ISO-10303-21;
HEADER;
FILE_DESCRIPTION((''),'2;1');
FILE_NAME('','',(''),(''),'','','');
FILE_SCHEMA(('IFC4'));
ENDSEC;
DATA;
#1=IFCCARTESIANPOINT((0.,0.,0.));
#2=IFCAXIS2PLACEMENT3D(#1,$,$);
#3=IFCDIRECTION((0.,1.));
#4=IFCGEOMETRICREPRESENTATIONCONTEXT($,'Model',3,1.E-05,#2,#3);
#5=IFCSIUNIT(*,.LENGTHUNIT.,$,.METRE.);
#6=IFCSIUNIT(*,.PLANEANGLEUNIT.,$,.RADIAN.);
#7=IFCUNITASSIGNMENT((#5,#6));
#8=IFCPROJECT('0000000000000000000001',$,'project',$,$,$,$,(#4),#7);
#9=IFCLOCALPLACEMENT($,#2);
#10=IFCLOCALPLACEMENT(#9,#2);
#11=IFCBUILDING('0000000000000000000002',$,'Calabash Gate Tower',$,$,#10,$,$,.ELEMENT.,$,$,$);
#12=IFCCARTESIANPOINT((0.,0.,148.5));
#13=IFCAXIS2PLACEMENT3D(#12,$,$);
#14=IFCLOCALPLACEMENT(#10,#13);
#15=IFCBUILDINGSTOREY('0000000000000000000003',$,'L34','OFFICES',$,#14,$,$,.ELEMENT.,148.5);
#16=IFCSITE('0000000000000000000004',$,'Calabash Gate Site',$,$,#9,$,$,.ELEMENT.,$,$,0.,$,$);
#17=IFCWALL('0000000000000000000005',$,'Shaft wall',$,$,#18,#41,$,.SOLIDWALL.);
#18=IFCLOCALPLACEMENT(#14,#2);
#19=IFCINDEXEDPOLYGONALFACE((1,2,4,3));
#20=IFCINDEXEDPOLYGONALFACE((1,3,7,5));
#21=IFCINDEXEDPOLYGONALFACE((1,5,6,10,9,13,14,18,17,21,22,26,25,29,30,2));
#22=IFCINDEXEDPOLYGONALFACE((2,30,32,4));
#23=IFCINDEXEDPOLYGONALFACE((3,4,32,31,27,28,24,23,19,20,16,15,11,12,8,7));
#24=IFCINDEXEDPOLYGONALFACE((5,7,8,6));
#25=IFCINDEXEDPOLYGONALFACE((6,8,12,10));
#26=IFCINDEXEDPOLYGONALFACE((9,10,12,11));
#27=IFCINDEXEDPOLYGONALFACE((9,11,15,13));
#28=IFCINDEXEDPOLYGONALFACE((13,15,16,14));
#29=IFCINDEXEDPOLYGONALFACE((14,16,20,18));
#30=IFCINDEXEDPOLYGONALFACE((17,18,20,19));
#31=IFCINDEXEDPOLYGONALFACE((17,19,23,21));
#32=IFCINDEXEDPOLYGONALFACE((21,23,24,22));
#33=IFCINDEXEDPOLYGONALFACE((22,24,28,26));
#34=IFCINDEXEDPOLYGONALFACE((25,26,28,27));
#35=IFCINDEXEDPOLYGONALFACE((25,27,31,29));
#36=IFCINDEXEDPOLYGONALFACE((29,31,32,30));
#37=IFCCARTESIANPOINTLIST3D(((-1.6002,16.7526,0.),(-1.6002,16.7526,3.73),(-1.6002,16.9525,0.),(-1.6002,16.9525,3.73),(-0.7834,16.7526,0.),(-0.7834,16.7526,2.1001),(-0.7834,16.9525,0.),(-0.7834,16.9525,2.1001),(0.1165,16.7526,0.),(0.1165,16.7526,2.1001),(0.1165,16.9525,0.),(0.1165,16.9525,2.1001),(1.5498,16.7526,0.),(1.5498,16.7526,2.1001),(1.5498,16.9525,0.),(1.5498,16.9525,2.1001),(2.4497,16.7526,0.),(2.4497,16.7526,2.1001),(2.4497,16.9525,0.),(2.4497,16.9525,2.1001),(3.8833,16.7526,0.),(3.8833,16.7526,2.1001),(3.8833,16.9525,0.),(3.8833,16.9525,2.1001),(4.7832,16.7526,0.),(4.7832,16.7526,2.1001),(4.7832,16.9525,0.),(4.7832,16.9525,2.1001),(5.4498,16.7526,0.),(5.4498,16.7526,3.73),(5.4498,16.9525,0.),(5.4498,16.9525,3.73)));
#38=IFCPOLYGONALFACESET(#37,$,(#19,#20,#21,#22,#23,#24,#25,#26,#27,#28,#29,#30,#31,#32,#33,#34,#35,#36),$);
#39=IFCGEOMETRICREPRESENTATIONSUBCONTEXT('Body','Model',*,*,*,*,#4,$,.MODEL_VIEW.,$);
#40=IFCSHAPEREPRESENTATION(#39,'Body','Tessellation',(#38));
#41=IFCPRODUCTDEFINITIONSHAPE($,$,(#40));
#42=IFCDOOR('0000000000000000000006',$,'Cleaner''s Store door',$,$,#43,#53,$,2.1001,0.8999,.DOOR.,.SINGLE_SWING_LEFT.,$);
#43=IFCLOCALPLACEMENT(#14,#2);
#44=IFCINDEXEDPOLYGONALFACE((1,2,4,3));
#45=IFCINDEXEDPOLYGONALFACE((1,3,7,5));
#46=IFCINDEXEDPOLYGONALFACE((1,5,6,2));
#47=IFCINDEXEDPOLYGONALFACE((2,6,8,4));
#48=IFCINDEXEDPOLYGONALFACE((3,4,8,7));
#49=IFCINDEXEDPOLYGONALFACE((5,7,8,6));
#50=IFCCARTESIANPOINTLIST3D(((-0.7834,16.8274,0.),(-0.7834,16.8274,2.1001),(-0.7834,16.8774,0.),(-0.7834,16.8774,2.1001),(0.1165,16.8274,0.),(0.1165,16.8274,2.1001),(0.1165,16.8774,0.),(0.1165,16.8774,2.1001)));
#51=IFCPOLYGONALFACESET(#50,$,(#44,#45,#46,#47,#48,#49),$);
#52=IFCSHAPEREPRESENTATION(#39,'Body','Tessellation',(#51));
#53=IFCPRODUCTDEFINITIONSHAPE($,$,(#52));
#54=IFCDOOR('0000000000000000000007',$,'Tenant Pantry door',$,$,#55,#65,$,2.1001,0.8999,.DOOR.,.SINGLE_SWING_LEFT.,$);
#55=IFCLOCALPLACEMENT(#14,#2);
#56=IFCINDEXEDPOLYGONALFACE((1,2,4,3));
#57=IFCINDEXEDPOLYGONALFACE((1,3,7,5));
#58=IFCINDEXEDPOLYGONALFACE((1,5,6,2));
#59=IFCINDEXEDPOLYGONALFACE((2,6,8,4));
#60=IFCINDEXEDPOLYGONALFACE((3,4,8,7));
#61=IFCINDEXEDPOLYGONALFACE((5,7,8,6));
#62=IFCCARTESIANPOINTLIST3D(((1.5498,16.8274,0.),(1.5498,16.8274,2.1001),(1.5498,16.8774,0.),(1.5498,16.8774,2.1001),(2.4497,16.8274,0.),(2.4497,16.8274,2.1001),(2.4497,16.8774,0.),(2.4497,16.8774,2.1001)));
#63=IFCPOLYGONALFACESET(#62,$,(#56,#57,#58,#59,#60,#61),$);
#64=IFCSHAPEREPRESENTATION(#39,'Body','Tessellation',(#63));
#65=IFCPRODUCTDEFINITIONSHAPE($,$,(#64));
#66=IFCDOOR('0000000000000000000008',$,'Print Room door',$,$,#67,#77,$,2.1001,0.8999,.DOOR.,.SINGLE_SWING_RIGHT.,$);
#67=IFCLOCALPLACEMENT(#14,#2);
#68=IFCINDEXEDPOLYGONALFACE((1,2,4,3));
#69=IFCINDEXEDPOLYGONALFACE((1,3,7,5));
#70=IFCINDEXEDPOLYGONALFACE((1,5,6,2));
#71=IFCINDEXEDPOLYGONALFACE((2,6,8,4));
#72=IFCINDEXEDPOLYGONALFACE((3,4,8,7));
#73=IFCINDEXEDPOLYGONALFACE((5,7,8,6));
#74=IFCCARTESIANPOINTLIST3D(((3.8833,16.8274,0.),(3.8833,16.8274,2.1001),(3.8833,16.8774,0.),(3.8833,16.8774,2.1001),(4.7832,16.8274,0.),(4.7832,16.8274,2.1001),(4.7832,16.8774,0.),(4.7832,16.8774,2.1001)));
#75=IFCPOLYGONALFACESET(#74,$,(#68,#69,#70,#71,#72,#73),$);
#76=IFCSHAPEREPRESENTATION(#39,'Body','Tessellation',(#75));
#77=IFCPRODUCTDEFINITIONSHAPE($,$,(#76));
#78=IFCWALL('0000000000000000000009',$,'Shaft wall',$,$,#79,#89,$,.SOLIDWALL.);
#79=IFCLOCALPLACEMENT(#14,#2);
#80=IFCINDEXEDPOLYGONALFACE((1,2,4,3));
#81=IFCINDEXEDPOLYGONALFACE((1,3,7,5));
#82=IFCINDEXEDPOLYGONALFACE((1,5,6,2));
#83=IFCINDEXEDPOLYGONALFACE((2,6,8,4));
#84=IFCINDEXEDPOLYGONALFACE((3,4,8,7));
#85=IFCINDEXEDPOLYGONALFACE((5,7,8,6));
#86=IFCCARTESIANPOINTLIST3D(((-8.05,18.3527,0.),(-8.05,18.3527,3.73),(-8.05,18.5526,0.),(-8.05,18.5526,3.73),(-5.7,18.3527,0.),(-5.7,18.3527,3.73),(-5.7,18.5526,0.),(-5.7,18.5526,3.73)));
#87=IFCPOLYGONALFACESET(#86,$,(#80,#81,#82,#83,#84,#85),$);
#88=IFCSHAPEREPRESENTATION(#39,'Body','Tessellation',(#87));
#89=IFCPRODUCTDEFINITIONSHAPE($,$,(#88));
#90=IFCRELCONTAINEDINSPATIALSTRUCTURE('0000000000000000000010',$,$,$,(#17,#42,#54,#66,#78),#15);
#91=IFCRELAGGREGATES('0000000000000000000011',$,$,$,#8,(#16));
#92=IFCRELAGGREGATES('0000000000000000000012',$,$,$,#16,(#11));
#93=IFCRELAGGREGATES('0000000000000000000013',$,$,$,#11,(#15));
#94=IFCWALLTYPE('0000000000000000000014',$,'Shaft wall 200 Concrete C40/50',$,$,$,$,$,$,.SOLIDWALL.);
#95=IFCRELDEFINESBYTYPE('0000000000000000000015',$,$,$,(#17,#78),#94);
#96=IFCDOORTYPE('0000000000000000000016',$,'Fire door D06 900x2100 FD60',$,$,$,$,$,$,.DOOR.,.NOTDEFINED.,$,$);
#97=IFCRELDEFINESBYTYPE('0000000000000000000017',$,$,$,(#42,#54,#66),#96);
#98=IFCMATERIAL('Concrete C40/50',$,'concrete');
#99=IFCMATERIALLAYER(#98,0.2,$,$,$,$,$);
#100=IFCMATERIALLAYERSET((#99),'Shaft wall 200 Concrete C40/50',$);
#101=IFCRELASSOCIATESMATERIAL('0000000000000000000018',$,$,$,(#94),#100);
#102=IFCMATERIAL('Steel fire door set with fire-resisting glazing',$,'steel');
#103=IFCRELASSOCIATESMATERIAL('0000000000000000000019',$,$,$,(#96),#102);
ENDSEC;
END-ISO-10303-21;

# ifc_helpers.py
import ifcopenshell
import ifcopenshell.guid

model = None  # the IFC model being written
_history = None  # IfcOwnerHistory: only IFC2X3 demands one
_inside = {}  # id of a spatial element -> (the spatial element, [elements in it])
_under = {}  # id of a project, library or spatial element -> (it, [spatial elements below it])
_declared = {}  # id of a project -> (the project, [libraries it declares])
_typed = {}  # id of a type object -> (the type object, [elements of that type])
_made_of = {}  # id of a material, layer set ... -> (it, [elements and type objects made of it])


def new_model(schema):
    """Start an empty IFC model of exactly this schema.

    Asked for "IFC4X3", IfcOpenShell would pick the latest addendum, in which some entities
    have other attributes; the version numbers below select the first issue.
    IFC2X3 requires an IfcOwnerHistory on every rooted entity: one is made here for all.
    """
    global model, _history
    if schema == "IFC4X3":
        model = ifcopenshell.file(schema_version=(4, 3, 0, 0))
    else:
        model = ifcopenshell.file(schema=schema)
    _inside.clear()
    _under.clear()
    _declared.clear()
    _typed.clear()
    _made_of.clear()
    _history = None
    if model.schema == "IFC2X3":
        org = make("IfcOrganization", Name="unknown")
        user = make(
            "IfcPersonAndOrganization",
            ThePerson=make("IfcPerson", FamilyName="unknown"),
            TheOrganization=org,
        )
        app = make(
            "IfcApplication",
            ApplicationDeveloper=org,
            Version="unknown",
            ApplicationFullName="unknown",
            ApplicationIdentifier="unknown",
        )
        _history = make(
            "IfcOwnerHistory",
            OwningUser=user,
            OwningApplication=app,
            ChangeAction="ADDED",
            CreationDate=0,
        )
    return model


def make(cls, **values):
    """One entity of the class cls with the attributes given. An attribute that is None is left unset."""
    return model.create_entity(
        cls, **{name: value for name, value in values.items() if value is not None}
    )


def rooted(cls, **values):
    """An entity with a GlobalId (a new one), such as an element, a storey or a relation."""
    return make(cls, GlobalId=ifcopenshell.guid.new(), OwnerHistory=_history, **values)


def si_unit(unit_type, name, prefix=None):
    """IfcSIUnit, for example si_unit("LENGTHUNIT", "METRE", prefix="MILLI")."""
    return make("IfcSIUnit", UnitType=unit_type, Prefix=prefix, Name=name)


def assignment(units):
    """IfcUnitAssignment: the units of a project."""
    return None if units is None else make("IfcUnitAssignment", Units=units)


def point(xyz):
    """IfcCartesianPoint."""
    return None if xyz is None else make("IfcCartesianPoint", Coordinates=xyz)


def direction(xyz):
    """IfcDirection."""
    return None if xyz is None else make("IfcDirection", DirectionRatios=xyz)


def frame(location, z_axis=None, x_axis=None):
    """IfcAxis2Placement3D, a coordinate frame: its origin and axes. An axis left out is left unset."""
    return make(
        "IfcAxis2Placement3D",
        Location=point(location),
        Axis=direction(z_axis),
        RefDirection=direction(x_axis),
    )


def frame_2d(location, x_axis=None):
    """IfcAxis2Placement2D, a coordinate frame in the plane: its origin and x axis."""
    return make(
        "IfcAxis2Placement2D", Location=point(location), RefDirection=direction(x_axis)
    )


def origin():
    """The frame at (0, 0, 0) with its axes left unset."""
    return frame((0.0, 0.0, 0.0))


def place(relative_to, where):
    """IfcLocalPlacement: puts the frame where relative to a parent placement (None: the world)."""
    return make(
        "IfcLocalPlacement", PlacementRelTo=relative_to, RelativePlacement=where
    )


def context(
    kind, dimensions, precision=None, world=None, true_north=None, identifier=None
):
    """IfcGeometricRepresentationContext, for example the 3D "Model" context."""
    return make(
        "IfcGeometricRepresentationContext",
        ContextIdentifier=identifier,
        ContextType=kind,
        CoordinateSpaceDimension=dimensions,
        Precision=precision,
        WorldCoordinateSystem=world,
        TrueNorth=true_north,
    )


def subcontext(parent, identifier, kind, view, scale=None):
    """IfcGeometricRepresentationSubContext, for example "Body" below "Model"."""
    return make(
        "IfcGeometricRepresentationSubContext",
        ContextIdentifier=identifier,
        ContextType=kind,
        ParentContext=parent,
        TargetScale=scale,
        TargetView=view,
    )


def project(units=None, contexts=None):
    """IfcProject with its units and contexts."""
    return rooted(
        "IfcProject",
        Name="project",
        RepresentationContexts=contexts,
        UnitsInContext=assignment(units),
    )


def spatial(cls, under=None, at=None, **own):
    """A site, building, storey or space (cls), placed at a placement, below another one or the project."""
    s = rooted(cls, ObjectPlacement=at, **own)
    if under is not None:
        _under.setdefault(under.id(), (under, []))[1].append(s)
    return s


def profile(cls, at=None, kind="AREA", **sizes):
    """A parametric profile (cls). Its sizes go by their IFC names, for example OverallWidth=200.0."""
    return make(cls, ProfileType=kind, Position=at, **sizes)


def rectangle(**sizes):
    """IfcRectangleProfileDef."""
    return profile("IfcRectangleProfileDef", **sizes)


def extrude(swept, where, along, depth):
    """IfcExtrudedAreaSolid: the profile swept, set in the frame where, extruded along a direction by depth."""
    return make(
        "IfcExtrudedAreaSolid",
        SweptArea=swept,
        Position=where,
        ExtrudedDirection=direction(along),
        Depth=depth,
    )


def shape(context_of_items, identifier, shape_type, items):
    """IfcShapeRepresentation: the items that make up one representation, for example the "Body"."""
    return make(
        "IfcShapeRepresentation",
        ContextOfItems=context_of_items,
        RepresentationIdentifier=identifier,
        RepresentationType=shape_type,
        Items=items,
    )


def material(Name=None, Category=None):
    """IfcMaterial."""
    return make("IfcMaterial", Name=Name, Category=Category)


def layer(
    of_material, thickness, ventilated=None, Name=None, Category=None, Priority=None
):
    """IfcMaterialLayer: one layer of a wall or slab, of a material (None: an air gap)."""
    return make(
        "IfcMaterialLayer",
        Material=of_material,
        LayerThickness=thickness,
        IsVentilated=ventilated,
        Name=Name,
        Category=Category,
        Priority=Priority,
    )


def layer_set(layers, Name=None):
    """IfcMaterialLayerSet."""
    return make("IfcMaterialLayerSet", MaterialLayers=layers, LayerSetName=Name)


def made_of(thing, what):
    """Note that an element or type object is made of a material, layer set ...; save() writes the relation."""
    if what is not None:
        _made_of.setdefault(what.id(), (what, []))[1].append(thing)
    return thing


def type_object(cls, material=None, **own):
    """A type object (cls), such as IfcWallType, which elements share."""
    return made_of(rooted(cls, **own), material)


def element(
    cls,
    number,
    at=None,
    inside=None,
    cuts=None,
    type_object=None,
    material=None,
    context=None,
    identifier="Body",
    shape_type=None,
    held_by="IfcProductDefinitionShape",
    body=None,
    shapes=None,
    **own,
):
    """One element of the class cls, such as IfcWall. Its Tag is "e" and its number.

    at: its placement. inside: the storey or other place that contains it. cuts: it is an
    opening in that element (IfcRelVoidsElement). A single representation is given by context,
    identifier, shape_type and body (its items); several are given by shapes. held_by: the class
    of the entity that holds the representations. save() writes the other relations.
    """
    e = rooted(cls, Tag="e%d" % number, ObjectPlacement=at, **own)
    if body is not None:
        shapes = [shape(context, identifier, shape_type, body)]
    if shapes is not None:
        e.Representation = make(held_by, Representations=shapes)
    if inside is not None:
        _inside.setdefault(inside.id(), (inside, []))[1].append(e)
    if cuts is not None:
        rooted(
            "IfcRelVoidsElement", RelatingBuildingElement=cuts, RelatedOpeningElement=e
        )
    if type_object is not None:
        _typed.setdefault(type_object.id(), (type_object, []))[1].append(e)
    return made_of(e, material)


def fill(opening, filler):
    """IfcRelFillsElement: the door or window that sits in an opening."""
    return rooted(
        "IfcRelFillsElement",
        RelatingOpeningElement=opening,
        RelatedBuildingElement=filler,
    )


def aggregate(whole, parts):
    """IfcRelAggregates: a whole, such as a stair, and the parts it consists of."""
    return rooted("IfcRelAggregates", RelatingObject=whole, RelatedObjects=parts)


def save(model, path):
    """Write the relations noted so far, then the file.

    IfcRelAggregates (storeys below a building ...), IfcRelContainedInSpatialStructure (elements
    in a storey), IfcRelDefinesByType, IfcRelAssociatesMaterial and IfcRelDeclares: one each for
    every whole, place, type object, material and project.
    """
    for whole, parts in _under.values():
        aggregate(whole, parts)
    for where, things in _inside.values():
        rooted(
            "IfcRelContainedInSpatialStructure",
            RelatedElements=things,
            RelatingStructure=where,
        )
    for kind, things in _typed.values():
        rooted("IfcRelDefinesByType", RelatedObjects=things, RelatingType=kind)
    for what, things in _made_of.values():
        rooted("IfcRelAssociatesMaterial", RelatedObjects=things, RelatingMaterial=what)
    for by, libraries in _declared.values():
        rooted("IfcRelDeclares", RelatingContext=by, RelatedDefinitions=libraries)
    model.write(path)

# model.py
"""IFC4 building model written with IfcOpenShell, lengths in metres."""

from ifc_helpers import new_model, si_unit, direction, frame, frame_2d, origin, place, context, subcontext, project, spatial, rectangle, extrude, material, layer, layer_set, type_object, element, fill, save


model = new_model("IFC4")

# Units and contexts
model_context = context("Model", 3, precision=1e-05, world=origin(), true_north=direction((0.0, 1.0)))
body_context = subcontext(model_context, "Body", "Model", "MODEL_VIEW")
ifc_project = project(units=[si_unit("LENGTHUNIT", "METRE"), si_unit("PLANEANGLEUNIT", "RADIAN")], contexts=[model_context])

# Site, building, storey
site_placement = place(None, origin())
site = spatial("IfcSite", under=ifc_project, at=site_placement, Name="Calabash Gate Site", CompositionType="ELEMENT", RefElevation=0.0)
building_placement = place(site_placement, origin())
building = spatial("IfcBuilding", under=site, at=building_placement, Name="Calabash Gate Tower", CompositionType="ELEMENT")
storey_placement = place(building_placement, frame((0.0, 0.0, 148.5)))
storey = spatial("IfcBuildingStorey", under=building, at=storey_placement, Name="L34", Description="OFFICES", CompositionType="ELEMENT", Elevation=148.5)

# Shared definitions
ifc_material_1 = material(Name="Concrete C40/50", Category="concrete")
ifc_layer_1 = layer(ifc_material_1, 0.2)
ifc_layer_set_1 = layer_set([ifc_layer_1], Name="Shaft wall 200 Concrete C40/50")
wall_type_1 = type_object("IfcWallType", Name="Shaft wall 200 Concrete C40/50", PredefinedType="SOLIDWALL", material=ifc_layer_set_1)

# Shared definitions
ifc_material_2 = material(Name="Steel fire door set with fire-resisting glazing", Category="steel")
door_type_1 = type_object("IfcDoorType", Name="Fire door D06 900x2100 FD60", OperationType="NOTDEFINED", PredefinedType="DOOR", material=ifc_material_2)

# Wall, openings, doors
wall_1_placement = place(storey_placement, frame((-1.6001, 16.8525, 0.0), z_axis=(0.0, 0.0, 1.0), x_axis=(1.0, 0.0, 0.0)))
wall_1 = element("IfcWall", 1, at=wall_1_placement, inside=storey, type_object=wall_type_1, Name="Shaft wall", PredefinedType="SOLIDWALL", context=body_context, shape_type="SweptSolid", body=[
    extrude(rectangle(XDim=7.05, YDim=0.2, at=frame_2d((3.5249, 0.0))), origin(), (0.0, 0.0, 1.0), 3.73),
])
opening_1_placement = place(wall_1_placement, frame((0.8167, 0.0, 0.0)))
opening_1 = element("IfcOpeningElement", 2, at=opening_1_placement, cuts=wall_1, PredefinedType="OPENING", context=body_context, shape_type="SweptSolid", body=[
    extrude(rectangle(XDim=0.8999, YDim=2.1001, at=frame_2d((0.45, 1.05))), frame((0.0, 0.1099, 0.0), z_axis=(0.0, -1.0, 0.0), x_axis=(1.0, 0.0, 0.0)), (0.0, 0.0, 1.0), 0.22),
])
opening_2_placement = place(wall_1_placement, frame((3.1499, 0.0, 0.0)))
opening_2 = element("IfcOpeningElement", 3, at=opening_2_placement, cuts=wall_1, PredefinedType="OPENING", context=body_context, shape_type="SweptSolid", body=[
    extrude(rectangle(XDim=0.8999, YDim=2.1001, at=frame_2d((0.45, 1.05))), frame((0.0, 0.1099, 0.0), z_axis=(0.0, -1.0, 0.0), x_axis=(1.0, 0.0, 0.0)), (0.0, 0.0, 1.0), 0.22),
])
opening_3_placement = place(wall_1_placement, frame((5.4834, 0.0, 0.0)))
opening_3 = element("IfcOpeningElement", 4, at=opening_3_placement, cuts=wall_1, PredefinedType="OPENING", context=body_context, shape_type="SweptSolid", body=[
    extrude(rectangle(XDim=0.8999, YDim=2.1001, at=frame_2d((0.45, 1.05))), frame((0.0, 0.1099, 0.0), z_axis=(0.0, -1.0, 0.0), x_axis=(1.0, 0.0, 0.0)), (0.0, 0.0, 1.0), 0.22),
])
door_1_placement = place(opening_1_placement, origin())
door_1 = element("IfcDoor", 5, at=door_1_placement, inside=storey, type_object=door_type_1, Name="Cleaner's Store door", OperationType="SINGLE_SWING_LEFT", OverallHeight=2.1001, OverallWidth=0.8999, PredefinedType="DOOR", context=body_context, shape_type="SweptSolid", body=[
    extrude(rectangle(XDim=0.8999, YDim=2.1001, at=frame_2d((0.45, 1.05))), frame((0.0, 0.0249, 0.0), z_axis=(0.0, -1.0, 0.0), x_axis=(1.0, 0.0, 0.0)), (0.0, 0.0, 1.0), 0.05),
])
fill(opening_1, door_1)
door_2_placement = place(opening_2_placement, origin())
door_2 = element("IfcDoor", 6, at=door_2_placement, inside=storey, type_object=door_type_1, Name="Tenant Pantry door", OperationType="SINGLE_SWING_LEFT", OverallHeight=2.1001, OverallWidth=0.8999, PredefinedType="DOOR", context=body_context, shape_type="SweptSolid", body=[
    extrude(rectangle(XDim=0.8999, YDim=2.1001, at=frame_2d((0.45, 1.05))), frame((0.0, 0.0249, 0.0), z_axis=(0.0, -1.0, 0.0), x_axis=(1.0, 0.0, 0.0)), (0.0, 0.0, 1.0), 0.05),
])
fill(opening_2, door_2)
door_3_placement = place(opening_3_placement, origin())
door_3 = element("IfcDoor", 7, at=door_3_placement, inside=storey, type_object=door_type_1, Name="Print Room door", OperationType="SINGLE_SWING_RIGHT", OverallHeight=2.1001, OverallWidth=0.8999, PredefinedType="DOOR", context=body_context, shape_type="SweptSolid", body=[
    extrude(rectangle(XDim=0.8999, YDim=2.1001, at=frame_2d((0.45, 1.05))), frame((0.0, 0.0249, 0.0), z_axis=(0.0, -1.0, 0.0), x_axis=(1.0, 0.0, 0.0)), (0.0, 0.0, 1.0), 0.05),
])
fill(opening_3, door_3)

# Wall
wall_2_placement = place(storey_placement, frame((-8.05, 18.4526, 0.0), z_axis=(0.0, 0.0, 1.0), x_axis=(1.0, 0.0, 0.0)))
element("IfcWall", 8, at=wall_2_placement, inside=storey, type_object=wall_type_1, Name="Shaft wall", PredefinedType="SOLIDWALL", context=body_context, shape_type="SweptSolid", body=[
    extrude(rectangle(XDim=2.3501, YDim=0.2, at=frame_2d((1.175, 0.0))), origin(), (0.0, 0.0, 1.0), 3.73),
])

save(model, "model.ifc")
